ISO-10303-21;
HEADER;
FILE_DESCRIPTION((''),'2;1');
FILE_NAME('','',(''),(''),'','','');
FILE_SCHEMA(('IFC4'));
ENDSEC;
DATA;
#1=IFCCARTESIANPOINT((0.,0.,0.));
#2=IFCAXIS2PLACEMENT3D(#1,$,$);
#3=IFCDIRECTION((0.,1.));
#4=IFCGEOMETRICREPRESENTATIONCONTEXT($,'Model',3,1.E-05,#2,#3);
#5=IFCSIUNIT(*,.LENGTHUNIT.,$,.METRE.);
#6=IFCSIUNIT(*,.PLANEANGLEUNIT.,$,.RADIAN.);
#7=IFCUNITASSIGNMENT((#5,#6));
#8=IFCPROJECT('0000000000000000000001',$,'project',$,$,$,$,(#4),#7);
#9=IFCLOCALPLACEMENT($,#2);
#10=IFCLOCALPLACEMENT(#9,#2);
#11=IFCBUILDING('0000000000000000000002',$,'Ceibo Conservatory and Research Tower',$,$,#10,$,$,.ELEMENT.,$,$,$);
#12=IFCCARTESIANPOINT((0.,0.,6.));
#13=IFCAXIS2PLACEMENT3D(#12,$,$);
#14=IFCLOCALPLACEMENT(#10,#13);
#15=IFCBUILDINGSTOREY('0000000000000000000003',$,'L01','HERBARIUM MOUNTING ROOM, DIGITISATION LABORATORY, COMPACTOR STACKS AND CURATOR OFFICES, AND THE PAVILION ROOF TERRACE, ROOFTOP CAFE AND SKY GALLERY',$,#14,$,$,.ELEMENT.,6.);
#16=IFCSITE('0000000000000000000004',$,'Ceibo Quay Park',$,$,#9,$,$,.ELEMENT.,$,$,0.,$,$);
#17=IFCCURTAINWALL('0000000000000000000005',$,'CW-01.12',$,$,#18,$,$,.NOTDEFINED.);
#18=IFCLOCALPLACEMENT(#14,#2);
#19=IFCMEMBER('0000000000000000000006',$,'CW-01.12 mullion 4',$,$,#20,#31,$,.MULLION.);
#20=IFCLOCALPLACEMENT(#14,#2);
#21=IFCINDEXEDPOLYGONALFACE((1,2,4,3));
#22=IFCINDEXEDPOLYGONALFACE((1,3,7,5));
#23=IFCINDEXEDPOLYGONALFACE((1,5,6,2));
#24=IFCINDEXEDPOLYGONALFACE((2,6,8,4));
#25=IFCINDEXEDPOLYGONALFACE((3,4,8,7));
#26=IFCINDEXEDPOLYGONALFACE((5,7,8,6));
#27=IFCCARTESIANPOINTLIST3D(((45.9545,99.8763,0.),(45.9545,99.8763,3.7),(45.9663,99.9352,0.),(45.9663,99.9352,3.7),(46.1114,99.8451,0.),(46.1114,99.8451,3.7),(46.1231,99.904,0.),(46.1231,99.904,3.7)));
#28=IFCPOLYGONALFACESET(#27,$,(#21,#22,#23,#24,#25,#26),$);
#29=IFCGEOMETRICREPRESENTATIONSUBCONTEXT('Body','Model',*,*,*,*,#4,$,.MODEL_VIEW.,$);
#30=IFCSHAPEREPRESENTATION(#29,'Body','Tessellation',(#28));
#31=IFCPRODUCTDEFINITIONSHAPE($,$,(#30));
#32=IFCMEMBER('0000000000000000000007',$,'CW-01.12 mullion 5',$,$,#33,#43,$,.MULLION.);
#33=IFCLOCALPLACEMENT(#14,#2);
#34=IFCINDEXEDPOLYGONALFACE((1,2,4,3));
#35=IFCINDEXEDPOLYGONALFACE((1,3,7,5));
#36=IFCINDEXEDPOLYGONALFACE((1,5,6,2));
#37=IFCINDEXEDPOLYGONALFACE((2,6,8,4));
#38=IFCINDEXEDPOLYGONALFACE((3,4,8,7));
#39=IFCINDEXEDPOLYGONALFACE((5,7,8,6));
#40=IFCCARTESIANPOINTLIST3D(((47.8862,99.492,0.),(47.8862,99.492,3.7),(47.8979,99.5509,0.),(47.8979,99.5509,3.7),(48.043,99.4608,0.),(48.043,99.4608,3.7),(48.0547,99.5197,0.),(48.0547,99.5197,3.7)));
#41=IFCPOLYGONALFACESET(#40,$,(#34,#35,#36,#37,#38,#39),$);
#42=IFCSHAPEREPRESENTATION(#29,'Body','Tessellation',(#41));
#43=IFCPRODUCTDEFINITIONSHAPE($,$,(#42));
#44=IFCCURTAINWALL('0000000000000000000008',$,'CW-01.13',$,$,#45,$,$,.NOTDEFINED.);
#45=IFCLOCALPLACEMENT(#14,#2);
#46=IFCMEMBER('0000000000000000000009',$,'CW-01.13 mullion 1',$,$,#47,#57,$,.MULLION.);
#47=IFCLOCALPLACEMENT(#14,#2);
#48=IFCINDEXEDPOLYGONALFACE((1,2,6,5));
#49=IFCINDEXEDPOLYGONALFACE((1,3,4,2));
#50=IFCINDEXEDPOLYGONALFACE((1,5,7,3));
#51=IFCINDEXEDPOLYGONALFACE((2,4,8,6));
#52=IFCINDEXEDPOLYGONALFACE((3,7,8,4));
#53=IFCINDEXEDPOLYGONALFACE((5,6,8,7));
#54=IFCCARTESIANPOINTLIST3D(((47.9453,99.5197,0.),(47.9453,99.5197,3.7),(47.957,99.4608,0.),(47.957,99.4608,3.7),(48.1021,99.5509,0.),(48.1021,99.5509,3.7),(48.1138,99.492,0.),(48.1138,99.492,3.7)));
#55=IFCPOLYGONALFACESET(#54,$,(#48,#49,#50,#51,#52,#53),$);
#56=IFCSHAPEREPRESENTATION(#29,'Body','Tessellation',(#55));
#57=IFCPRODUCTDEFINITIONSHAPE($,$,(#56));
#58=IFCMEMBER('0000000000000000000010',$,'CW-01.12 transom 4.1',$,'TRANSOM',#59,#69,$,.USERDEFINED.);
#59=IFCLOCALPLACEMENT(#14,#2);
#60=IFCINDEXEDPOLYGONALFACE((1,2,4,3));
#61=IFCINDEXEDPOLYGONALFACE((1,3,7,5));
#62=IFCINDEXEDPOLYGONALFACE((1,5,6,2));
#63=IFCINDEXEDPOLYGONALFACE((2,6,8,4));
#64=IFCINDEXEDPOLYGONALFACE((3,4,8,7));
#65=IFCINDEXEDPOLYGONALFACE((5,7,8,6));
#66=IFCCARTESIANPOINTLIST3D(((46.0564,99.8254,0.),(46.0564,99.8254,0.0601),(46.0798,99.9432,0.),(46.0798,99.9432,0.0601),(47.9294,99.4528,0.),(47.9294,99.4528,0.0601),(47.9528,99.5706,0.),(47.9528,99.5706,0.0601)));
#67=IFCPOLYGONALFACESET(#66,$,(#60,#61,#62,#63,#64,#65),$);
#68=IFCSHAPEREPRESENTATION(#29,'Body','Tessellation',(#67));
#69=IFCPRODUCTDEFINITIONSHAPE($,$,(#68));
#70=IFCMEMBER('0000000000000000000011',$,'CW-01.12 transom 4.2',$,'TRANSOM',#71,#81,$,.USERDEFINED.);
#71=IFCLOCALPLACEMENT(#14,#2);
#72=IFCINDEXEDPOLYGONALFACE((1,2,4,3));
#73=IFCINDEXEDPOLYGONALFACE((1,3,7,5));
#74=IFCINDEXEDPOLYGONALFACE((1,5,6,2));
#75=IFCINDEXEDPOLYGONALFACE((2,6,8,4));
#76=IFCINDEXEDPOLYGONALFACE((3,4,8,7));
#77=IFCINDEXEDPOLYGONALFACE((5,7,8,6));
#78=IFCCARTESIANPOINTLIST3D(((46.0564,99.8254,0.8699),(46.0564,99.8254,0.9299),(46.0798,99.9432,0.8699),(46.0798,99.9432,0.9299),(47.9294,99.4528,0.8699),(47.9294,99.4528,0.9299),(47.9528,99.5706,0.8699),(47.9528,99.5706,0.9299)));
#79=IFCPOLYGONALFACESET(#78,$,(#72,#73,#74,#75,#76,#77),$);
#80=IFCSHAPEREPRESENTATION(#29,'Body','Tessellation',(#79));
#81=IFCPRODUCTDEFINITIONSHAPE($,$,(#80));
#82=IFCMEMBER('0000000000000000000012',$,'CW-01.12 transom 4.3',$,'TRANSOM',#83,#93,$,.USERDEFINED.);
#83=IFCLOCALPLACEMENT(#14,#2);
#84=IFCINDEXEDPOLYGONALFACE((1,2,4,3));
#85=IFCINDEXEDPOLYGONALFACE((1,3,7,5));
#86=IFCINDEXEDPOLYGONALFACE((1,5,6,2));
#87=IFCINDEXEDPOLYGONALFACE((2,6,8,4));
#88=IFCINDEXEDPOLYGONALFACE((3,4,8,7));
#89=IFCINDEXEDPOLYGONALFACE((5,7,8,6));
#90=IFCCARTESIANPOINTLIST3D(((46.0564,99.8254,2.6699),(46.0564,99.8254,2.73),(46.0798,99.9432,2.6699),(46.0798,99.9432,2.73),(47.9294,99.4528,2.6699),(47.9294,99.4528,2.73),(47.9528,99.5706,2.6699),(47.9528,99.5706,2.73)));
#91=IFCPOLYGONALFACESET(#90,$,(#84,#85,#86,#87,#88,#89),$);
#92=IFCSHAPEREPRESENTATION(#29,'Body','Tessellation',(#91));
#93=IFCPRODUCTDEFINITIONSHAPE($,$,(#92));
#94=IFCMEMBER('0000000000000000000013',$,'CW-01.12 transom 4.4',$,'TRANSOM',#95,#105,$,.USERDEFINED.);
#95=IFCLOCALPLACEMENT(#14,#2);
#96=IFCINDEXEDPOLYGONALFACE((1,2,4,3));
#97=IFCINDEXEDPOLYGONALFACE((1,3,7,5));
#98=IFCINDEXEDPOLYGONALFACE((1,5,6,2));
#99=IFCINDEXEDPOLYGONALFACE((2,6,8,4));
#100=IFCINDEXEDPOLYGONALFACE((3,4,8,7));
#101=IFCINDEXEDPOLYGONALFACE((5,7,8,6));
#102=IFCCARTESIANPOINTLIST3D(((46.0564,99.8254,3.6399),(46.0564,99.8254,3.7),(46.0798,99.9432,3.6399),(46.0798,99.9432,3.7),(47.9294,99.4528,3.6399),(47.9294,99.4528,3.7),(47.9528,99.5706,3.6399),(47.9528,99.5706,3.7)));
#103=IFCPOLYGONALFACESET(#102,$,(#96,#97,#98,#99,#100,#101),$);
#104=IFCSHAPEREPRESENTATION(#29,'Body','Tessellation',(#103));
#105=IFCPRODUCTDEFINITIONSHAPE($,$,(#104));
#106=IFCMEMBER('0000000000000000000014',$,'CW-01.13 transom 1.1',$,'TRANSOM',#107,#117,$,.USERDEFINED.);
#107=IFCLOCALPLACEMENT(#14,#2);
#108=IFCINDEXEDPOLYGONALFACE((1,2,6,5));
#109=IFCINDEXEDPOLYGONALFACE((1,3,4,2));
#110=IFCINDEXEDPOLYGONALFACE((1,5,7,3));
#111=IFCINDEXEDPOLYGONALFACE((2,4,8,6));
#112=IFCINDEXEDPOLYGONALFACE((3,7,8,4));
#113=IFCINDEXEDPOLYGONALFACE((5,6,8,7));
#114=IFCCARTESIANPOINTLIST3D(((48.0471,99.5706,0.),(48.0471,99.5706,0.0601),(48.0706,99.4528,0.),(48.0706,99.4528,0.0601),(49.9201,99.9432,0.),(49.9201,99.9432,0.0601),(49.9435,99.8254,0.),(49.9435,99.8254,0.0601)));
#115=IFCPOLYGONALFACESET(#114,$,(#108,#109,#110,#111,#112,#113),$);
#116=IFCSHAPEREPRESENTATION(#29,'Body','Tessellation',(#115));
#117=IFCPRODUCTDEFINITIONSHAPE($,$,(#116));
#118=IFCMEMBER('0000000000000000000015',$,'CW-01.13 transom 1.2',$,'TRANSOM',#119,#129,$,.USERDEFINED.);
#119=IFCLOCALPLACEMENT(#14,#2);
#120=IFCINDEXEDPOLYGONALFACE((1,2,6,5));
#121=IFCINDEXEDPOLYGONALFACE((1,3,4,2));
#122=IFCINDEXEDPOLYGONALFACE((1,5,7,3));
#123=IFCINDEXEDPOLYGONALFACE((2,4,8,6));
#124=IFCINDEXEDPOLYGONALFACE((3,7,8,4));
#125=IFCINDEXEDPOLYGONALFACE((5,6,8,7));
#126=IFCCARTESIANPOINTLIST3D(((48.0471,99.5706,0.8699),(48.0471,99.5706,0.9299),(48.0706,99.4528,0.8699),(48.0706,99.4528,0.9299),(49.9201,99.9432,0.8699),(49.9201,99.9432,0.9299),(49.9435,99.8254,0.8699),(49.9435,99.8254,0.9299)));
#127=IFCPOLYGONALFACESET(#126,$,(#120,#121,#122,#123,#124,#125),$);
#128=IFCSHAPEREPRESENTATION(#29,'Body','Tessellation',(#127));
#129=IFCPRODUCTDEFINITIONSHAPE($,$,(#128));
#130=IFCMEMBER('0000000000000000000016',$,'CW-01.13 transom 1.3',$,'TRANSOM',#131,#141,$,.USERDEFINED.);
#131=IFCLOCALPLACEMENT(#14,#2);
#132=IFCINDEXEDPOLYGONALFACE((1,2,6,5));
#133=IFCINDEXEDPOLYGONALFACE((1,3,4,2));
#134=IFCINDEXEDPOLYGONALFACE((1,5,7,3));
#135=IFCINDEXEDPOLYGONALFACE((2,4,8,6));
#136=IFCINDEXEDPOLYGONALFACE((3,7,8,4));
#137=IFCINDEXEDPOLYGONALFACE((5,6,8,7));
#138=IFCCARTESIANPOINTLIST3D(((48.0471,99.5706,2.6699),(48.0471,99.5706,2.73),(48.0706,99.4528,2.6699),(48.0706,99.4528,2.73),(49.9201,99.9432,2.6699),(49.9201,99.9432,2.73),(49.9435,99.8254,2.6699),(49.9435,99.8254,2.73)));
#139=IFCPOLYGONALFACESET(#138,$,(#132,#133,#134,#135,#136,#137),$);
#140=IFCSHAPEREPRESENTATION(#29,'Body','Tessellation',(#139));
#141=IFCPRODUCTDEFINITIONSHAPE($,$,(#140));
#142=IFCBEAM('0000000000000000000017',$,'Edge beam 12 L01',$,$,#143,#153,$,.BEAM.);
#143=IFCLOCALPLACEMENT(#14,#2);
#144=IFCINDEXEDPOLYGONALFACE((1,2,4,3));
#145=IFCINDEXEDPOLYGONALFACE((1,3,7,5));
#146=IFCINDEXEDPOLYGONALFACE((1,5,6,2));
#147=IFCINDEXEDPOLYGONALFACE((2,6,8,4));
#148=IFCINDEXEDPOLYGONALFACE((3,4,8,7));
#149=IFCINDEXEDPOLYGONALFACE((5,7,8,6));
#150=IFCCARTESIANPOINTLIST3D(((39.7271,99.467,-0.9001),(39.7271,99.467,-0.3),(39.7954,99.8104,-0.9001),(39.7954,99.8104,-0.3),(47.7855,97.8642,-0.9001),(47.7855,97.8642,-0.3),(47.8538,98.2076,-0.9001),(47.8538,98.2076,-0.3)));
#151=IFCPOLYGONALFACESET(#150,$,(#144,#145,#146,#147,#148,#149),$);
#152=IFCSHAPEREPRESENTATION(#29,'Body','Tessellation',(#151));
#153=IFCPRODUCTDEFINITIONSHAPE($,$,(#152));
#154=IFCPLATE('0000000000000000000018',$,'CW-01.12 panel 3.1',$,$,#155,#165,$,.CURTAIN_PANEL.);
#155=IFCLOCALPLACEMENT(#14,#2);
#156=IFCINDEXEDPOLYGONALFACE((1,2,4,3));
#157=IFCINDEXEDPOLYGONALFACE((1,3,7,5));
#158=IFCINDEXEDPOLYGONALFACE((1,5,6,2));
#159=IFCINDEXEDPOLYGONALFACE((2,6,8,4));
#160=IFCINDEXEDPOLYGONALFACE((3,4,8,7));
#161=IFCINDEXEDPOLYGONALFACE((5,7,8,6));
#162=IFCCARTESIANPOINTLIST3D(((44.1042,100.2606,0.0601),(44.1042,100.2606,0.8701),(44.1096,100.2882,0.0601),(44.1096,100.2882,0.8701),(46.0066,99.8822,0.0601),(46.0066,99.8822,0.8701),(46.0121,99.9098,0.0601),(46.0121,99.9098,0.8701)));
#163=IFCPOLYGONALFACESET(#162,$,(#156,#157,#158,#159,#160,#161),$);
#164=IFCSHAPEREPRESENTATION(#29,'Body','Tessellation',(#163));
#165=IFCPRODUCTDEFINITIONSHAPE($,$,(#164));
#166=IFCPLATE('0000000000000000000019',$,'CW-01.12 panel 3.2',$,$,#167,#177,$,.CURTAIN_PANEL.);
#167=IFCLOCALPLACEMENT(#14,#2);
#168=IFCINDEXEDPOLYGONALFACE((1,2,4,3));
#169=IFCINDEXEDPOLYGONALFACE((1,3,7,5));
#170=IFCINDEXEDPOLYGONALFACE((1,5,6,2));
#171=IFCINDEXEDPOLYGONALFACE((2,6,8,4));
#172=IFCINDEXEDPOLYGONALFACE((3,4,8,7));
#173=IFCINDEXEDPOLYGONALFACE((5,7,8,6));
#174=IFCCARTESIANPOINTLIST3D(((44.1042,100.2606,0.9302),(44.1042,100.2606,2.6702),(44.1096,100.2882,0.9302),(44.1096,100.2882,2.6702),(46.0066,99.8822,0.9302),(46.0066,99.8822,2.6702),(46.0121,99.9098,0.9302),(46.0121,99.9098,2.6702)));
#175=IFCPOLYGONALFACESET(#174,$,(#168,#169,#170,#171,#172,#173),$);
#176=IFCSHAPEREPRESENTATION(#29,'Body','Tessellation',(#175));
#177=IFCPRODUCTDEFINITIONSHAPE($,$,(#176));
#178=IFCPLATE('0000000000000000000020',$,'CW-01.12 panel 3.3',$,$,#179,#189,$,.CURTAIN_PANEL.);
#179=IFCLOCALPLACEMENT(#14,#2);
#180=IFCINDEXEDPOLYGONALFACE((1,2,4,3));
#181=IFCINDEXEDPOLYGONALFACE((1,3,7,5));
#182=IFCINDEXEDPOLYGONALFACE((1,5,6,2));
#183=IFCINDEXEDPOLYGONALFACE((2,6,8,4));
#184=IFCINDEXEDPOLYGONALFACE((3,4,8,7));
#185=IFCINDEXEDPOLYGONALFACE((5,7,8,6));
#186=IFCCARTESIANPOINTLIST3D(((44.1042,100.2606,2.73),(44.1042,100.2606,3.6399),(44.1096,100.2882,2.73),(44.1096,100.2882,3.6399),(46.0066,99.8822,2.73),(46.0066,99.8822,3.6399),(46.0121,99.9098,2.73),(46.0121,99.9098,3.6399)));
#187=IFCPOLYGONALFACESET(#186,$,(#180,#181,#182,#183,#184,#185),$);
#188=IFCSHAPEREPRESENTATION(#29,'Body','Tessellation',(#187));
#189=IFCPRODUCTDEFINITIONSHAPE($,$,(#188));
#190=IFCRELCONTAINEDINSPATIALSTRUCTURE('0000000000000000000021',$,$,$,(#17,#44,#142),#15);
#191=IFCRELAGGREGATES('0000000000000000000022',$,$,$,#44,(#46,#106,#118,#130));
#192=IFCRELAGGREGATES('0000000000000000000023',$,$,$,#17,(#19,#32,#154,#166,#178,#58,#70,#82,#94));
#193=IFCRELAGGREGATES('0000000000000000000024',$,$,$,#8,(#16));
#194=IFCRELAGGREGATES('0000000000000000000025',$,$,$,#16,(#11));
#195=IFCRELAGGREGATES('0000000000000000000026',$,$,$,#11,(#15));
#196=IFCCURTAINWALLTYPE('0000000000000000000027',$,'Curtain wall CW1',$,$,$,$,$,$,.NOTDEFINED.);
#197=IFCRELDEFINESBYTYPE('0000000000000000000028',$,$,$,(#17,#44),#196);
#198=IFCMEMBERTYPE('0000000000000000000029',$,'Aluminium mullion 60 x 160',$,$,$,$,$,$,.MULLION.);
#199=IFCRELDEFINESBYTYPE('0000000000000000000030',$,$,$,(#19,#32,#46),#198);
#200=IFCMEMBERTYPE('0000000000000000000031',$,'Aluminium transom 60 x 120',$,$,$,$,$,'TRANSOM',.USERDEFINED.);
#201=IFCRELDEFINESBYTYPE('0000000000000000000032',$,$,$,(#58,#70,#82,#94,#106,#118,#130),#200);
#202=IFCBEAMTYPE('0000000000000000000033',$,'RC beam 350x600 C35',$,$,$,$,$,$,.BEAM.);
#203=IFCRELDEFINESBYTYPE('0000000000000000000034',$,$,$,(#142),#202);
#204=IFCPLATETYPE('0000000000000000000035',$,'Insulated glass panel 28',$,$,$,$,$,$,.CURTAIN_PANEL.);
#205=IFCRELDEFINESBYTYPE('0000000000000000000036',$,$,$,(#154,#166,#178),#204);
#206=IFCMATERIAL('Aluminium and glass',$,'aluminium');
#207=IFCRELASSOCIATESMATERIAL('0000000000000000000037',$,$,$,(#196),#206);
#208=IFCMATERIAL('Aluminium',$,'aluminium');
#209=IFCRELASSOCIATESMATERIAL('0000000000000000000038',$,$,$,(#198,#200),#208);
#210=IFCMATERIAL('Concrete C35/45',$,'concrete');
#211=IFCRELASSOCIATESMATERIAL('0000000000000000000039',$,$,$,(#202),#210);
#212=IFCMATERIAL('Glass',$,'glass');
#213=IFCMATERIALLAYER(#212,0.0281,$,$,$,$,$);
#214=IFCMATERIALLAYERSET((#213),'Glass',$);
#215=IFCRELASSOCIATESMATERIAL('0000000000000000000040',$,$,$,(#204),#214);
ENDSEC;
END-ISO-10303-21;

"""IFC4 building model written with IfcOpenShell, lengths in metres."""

from ifc_helpers import new_model, si_unit, direction, frame, origin, origin_2d, place, context, subcontext, project, spatial, rectangle, extrude, material, layer, layer_set, material_profile, profile_set, type_object, element, aggregate, save


model = new_model("IFC4")

# Units and contexts
model_context = context("Model", 3, precision=1e-05, world=origin(), true_north=direction((0.0, 1.0)))
body_context = subcontext(model_context, "Body", "Model", "MODEL_VIEW")
ifc_project = project(units=[si_unit("LENGTHUNIT", "METRE"), si_unit("PLANEANGLEUNIT", "RADIAN")], contexts=[model_context])

# Site, building, storey
site_placement = place(None, origin())
site = spatial("IfcSite", under=ifc_project, at=site_placement, Name="Ceibo Quay Park", CompositionType="ELEMENT", RefElevation=0.0)
building_placement = place(site_placement, origin())
building = spatial("IfcBuilding", under=site, at=building_placement, Name="Ceibo Conservatory and Research Tower", CompositionType="ELEMENT")
storey_placement = place(building_placement, frame((0.0, 0.0, 6.0)))
storey = spatial("IfcBuildingStorey", under=building, at=storey_placement, Name="L01", Description="HERBARIUM MOUNTING ROOM, DIGITISATION LABORATORY, COMPACTOR STACKS AND CURATOR OFFICES, AND THE PAVILION ROOF TERRACE, ROOFTOP CAFE AND SKY GALLERY", CompositionType="ELEMENT", Elevation=6.0)

# Curtain wall, members
ifc_material_1 = material(Name="Aluminium and glass", Category="aluminium")
curtain_wall_type = type_object("IfcCurtainWallType", Name="Curtain wall CW1", PredefinedType="NOTDEFINED", material=ifc_material_1)
curtain_wall_1_placement = place(storey_placement, origin())
curtain_wall_1 = element("IfcCurtainWall", 1, at=curtain_wall_1_placement, inside=storey, type_object=curtain_wall_type, Name="CW-01.12", PredefinedType="NOTDEFINED")
ifc_material_2 = material(Name="Aluminium", Category="aluminium")
ifc_material_profile_1 = material_profile(ifc_material_2, rectangle(XDim=0.0601, YDim=0.1599, at=origin_2d()), Name="Aluminium 60 x 160")
ifc_profile_set_1 = profile_set([ifc_material_profile_1], Name="Aluminium")
member_type_1 = type_object("IfcMemberType", Name="Aluminium mullion 60 x 160", PredefinedType="MULLION", material=ifc_profile_set_1)
member_1_placement = place(storey_placement, frame((46.0388, 99.8901, 0.0), z_axis=(0.0, 0.0, 1.0), x_axis=(0.19509, 0.980785, 0.0)))
member_1 = element("IfcMember", 2, at=member_1_placement, type_object=member_type_1, Name="CW-01.12 mullion 4", PredefinedType="MULLION", context=body_context, shape_type="SweptSolid", body=[
    extrude(rectangle(XDim=0.0601, YDim=0.1599, at=origin_2d()), origin(), (0.0, 0.0, 1.0), 3.7),
])
member_2_placement = place(storey_placement, frame((47.9705, 99.5059, 0.0), z_axis=(0.0, 0.0, 1.0), x_axis=(0.19509, 0.980785, 0.0)))
member_2 = element("IfcMember", 3, at=member_2_placement, type_object=member_type_1, Name="CW-01.12 mullion 5", PredefinedType="MULLION", context=body_context, shape_type="SweptSolid", body=[
    extrude(rectangle(XDim=0.0601, YDim=0.1599, at=origin_2d()), origin(), (0.0, 0.0, 1.0), 3.7),
])

# Curtain wall, member
curtain_wall_2_placement = place(storey_placement, origin())
curtain_wall_2 = element("IfcCurtainWall", 4, at=curtain_wall_2_placement, inside=storey, type_object=curtain_wall_type, Name="CW-01.13", PredefinedType="NOTDEFINED")
member_3_placement = place(storey_placement, frame((48.0295, 99.5059, 0.0), z_axis=(0.0, 0.0, 1.0), x_axis=(-0.19509, 0.980785, 0.0)))
member_3 = element("IfcMember", 5, at=member_3_placement, type_object=member_type_1, Name="CW-01.13 mullion 1", PredefinedType="MULLION", context=body_context, shape_type="SweptSolid", body=[
    extrude(rectangle(XDim=0.0601, YDim=0.1599, at=origin_2d()), origin(), (0.0, 0.0, 1.0), 3.7),
])

# Members
ifc_material_profile_2 = material_profile(ifc_material_2, rectangle(XDim=0.1201, YDim=0.0601, at=origin_2d()), Name="Aluminium 60 x 120")
ifc_profile_set_2 = profile_set([ifc_material_profile_2], Name="Aluminium")
member_type_2 = type_object("IfcMemberType", Name="Aluminium transom 60 x 120", ElementType="TRANSOM", PredefinedType="USERDEFINED", material=ifc_profile_set_2)
member_4_placement = place(storey_placement, frame((46.0681, 99.8843, 0.03), z_axis=(0.980787, -0.195083, 0.0), x_axis=(0.195083, 0.980787, 0.0)))
member_4 = element("IfcMember", 6, at=member_4_placement, type_object=member_type_2, Name="CW-01.12 transom 4.1", ObjectType="TRANSOM", PredefinedType="USERDEFINED", context=body_context, shape_type="SweptSolid", body=[
    extrude(rectangle(XDim=0.1201, YDim=0.0601, at=origin_2d()), origin(), (0.0, 0.0, 1.0), 1.9097),
])
member_5_placement = place(storey_placement, frame((46.0681, 99.8843, 0.8999), z_axis=(0.980787, -0.195083, 0.0), x_axis=(0.195083, 0.980787, 0.0)))
member_5 = element("IfcMember", 7, at=member_5_placement, type_object=member_type_2, Name="CW-01.12 transom 4.2", ObjectType="TRANSOM", PredefinedType="USERDEFINED", context=body_context, shape_type="SweptSolid", body=[
    extrude(rectangle(XDim=0.1201, YDim=0.0601, at=origin_2d()), origin(), (0.0, 0.0, 1.0), 1.9097),
])
member_6_placement = place(storey_placement, frame((46.0681, 99.8843, 2.7), z_axis=(0.980787, -0.195083, 0.0), x_axis=(0.195083, 0.980787, 0.0)))
member_6 = element("IfcMember", 8, at=member_6_placement, type_object=member_type_2, Name="CW-01.12 transom 4.3", ObjectType="TRANSOM", PredefinedType="USERDEFINED", context=body_context, shape_type="SweptSolid", body=[
    extrude(rectangle(XDim=0.1201, YDim=0.0601, at=origin_2d()), origin(), (0.0, 0.0, 1.0), 1.9097),
])
member_7_placement = place(storey_placement, frame((46.0681, 99.8843, 3.6699), z_axis=(0.980787, -0.195083, 0.0), x_axis=(0.195083, 0.980787, 0.0)))
member_7 = element("IfcMember", 9, at=member_7_placement, type_object=member_type_2, Name="CW-01.12 transom 4.4", ObjectType="TRANSOM", PredefinedType="USERDEFINED", context=body_context, shape_type="SweptSolid", body=[
    extrude(rectangle(XDim=0.1201, YDim=0.0601, at=origin_2d()), origin(), (0.0, 0.0, 1.0), 1.9097),
])
member_8_placement = place(storey_placement, frame((48.0588, 99.5117, 0.03), z_axis=(0.980787, 0.195083, 0.0), x_axis=(-0.195083, 0.980787, 0.0)))
member_8 = element("IfcMember", 10, at=member_8_placement, type_object=member_type_2, Name="CW-01.13 transom 1.1", ObjectType="TRANSOM", PredefinedType="USERDEFINED", context=body_context, shape_type="SweptSolid", body=[
    extrude(rectangle(XDim=0.1201, YDim=0.0601, at=origin_2d()), origin(), (0.0, 0.0, 1.0), 1.9097),
])
member_9_placement = place(storey_placement, frame((48.0588, 99.5117, 0.8999), z_axis=(0.980787, 0.195083, 0.0), x_axis=(-0.195083, 0.980787, 0.0)))
member_9 = element("IfcMember", 11, at=member_9_placement, type_object=member_type_2, Name="CW-01.13 transom 1.2", ObjectType="TRANSOM", PredefinedType="USERDEFINED", context=body_context, shape_type="SweptSolid", body=[
    extrude(rectangle(XDim=0.1201, YDim=0.0601, at=origin_2d()), origin(), (0.0, 0.0, 1.0), 1.9097),
])
member_10_placement = place(storey_placement, frame((48.0588, 99.5117, 2.7), z_axis=(0.980787, 0.195083, 0.0), x_axis=(-0.195083, 0.980787, 0.0)))
member_10 = element("IfcMember", 12, at=member_10_placement, type_object=member_type_2, Name="CW-01.13 transom 1.3", ObjectType="TRANSOM", PredefinedType="USERDEFINED", context=body_context, shape_type="SweptSolid", body=[
    extrude(rectangle(XDim=0.1201, YDim=0.0601, at=origin_2d()), origin(), (0.0, 0.0, 1.0), 1.9097),
])
aggregate(curtain_wall_2, [member_3, member_8, member_9, member_10])

# Beam
ifc_material_3 = material(Name="Concrete C35/45", Category="concrete")
ifc_material_profile_3 = material_profile(ifc_material_3, rectangle(XDim=0.3501, YDim=0.6001, at=origin_2d()), Name="RC 350x600")
ifc_profile_set_3 = profile_set([ifc_material_profile_3], Name="Concrete C35/45")
beam_type = type_object("IfcBeamType", Name="RC beam 350x600 C35", PredefinedType="BEAM", material=ifc_profile_set_3)
beam_placement = place(storey_placement, frame((39.7612, 99.6387, -0.6001), z_axis=(0.980788, -0.195076, 0.0), x_axis=(0.195076, 0.980788, 0.0)))
element("IfcBeam", 13, at=beam_placement, inside=storey, type_object=beam_type, Name="Edge beam 12 L01", PredefinedType="BEAM", context=body_context, shape_type="SweptSolid", body=[
    extrude(rectangle(XDim=0.3501, YDim=0.6001, at=origin_2d()), origin(), (0.0, 0.0, 1.0), 8.2163),
])

# Plates
ifc_material_4 = material(Name="Glass", Category="glass")
ifc_layer_1 = layer(ifc_material_4, 0.0281)
ifc_layer_set_1 = layer_set([ifc_layer_1], Name="Glass")
plate_type = type_object("IfcPlateType", Name="Insulated glass panel 28", PredefinedType="CURTAIN_PANEL", material=ifc_layer_set_1)
plate_1_placement = place(storey_placement, frame((45.0581, 100.0852, 0.0601), z_axis=(0.0, 0.0, 1.0), x_axis=(0.980785, -0.19509, 0.0)))
plate_1 = element("IfcPlate", 14, at=plate_1_placement, type_object=plate_type, Name="CW-01.12 panel 3.1", PredefinedType="CURTAIN_PANEL", context=body_context, shape_type="SweptSolid", body=[
    extrude(rectangle(XDim=1.9397, YDim=0.0281, at=origin_2d()), origin(), (0.0, 0.0, 1.0), 0.8101),
])
plate_2_placement = place(storey_placement, frame((45.0581, 100.0852, 0.9302), z_axis=(0.0, 0.0, 1.0), x_axis=(0.980785, -0.19509, 0.0)))
plate_2 = element("IfcPlate", 15, at=plate_2_placement, type_object=plate_type, Name="CW-01.12 panel 3.2", PredefinedType="CURTAIN_PANEL", context=body_context, shape_type="SweptSolid", body=[
    extrude(rectangle(XDim=1.9397, YDim=0.0281, at=origin_2d()), origin(), (0.0, 0.0, 1.0), 1.74),
])
plate_3_placement = place(storey_placement, frame((45.0581, 100.0852, 2.73), z_axis=(0.0, 0.0, 1.0), x_axis=(0.980785, -0.19509, 0.0)))
plate_3 = element("IfcPlate", 16, at=plate_3_placement, type_object=plate_type, Name="CW-01.12 panel 3.3", PredefinedType="CURTAIN_PANEL", context=body_context, shape_type="SweptSolid", body=[
    extrude(rectangle(XDim=1.9397, YDim=0.0281, at=origin_2d()), origin(), (0.0, 0.0, 1.0), 0.9099),
])
aggregate(curtain_wall_1, [member_1, member_2, plate_1, plate_2, plate_3, member_4, member_5, member_6, member_7])

save(model, "model.ifc")
